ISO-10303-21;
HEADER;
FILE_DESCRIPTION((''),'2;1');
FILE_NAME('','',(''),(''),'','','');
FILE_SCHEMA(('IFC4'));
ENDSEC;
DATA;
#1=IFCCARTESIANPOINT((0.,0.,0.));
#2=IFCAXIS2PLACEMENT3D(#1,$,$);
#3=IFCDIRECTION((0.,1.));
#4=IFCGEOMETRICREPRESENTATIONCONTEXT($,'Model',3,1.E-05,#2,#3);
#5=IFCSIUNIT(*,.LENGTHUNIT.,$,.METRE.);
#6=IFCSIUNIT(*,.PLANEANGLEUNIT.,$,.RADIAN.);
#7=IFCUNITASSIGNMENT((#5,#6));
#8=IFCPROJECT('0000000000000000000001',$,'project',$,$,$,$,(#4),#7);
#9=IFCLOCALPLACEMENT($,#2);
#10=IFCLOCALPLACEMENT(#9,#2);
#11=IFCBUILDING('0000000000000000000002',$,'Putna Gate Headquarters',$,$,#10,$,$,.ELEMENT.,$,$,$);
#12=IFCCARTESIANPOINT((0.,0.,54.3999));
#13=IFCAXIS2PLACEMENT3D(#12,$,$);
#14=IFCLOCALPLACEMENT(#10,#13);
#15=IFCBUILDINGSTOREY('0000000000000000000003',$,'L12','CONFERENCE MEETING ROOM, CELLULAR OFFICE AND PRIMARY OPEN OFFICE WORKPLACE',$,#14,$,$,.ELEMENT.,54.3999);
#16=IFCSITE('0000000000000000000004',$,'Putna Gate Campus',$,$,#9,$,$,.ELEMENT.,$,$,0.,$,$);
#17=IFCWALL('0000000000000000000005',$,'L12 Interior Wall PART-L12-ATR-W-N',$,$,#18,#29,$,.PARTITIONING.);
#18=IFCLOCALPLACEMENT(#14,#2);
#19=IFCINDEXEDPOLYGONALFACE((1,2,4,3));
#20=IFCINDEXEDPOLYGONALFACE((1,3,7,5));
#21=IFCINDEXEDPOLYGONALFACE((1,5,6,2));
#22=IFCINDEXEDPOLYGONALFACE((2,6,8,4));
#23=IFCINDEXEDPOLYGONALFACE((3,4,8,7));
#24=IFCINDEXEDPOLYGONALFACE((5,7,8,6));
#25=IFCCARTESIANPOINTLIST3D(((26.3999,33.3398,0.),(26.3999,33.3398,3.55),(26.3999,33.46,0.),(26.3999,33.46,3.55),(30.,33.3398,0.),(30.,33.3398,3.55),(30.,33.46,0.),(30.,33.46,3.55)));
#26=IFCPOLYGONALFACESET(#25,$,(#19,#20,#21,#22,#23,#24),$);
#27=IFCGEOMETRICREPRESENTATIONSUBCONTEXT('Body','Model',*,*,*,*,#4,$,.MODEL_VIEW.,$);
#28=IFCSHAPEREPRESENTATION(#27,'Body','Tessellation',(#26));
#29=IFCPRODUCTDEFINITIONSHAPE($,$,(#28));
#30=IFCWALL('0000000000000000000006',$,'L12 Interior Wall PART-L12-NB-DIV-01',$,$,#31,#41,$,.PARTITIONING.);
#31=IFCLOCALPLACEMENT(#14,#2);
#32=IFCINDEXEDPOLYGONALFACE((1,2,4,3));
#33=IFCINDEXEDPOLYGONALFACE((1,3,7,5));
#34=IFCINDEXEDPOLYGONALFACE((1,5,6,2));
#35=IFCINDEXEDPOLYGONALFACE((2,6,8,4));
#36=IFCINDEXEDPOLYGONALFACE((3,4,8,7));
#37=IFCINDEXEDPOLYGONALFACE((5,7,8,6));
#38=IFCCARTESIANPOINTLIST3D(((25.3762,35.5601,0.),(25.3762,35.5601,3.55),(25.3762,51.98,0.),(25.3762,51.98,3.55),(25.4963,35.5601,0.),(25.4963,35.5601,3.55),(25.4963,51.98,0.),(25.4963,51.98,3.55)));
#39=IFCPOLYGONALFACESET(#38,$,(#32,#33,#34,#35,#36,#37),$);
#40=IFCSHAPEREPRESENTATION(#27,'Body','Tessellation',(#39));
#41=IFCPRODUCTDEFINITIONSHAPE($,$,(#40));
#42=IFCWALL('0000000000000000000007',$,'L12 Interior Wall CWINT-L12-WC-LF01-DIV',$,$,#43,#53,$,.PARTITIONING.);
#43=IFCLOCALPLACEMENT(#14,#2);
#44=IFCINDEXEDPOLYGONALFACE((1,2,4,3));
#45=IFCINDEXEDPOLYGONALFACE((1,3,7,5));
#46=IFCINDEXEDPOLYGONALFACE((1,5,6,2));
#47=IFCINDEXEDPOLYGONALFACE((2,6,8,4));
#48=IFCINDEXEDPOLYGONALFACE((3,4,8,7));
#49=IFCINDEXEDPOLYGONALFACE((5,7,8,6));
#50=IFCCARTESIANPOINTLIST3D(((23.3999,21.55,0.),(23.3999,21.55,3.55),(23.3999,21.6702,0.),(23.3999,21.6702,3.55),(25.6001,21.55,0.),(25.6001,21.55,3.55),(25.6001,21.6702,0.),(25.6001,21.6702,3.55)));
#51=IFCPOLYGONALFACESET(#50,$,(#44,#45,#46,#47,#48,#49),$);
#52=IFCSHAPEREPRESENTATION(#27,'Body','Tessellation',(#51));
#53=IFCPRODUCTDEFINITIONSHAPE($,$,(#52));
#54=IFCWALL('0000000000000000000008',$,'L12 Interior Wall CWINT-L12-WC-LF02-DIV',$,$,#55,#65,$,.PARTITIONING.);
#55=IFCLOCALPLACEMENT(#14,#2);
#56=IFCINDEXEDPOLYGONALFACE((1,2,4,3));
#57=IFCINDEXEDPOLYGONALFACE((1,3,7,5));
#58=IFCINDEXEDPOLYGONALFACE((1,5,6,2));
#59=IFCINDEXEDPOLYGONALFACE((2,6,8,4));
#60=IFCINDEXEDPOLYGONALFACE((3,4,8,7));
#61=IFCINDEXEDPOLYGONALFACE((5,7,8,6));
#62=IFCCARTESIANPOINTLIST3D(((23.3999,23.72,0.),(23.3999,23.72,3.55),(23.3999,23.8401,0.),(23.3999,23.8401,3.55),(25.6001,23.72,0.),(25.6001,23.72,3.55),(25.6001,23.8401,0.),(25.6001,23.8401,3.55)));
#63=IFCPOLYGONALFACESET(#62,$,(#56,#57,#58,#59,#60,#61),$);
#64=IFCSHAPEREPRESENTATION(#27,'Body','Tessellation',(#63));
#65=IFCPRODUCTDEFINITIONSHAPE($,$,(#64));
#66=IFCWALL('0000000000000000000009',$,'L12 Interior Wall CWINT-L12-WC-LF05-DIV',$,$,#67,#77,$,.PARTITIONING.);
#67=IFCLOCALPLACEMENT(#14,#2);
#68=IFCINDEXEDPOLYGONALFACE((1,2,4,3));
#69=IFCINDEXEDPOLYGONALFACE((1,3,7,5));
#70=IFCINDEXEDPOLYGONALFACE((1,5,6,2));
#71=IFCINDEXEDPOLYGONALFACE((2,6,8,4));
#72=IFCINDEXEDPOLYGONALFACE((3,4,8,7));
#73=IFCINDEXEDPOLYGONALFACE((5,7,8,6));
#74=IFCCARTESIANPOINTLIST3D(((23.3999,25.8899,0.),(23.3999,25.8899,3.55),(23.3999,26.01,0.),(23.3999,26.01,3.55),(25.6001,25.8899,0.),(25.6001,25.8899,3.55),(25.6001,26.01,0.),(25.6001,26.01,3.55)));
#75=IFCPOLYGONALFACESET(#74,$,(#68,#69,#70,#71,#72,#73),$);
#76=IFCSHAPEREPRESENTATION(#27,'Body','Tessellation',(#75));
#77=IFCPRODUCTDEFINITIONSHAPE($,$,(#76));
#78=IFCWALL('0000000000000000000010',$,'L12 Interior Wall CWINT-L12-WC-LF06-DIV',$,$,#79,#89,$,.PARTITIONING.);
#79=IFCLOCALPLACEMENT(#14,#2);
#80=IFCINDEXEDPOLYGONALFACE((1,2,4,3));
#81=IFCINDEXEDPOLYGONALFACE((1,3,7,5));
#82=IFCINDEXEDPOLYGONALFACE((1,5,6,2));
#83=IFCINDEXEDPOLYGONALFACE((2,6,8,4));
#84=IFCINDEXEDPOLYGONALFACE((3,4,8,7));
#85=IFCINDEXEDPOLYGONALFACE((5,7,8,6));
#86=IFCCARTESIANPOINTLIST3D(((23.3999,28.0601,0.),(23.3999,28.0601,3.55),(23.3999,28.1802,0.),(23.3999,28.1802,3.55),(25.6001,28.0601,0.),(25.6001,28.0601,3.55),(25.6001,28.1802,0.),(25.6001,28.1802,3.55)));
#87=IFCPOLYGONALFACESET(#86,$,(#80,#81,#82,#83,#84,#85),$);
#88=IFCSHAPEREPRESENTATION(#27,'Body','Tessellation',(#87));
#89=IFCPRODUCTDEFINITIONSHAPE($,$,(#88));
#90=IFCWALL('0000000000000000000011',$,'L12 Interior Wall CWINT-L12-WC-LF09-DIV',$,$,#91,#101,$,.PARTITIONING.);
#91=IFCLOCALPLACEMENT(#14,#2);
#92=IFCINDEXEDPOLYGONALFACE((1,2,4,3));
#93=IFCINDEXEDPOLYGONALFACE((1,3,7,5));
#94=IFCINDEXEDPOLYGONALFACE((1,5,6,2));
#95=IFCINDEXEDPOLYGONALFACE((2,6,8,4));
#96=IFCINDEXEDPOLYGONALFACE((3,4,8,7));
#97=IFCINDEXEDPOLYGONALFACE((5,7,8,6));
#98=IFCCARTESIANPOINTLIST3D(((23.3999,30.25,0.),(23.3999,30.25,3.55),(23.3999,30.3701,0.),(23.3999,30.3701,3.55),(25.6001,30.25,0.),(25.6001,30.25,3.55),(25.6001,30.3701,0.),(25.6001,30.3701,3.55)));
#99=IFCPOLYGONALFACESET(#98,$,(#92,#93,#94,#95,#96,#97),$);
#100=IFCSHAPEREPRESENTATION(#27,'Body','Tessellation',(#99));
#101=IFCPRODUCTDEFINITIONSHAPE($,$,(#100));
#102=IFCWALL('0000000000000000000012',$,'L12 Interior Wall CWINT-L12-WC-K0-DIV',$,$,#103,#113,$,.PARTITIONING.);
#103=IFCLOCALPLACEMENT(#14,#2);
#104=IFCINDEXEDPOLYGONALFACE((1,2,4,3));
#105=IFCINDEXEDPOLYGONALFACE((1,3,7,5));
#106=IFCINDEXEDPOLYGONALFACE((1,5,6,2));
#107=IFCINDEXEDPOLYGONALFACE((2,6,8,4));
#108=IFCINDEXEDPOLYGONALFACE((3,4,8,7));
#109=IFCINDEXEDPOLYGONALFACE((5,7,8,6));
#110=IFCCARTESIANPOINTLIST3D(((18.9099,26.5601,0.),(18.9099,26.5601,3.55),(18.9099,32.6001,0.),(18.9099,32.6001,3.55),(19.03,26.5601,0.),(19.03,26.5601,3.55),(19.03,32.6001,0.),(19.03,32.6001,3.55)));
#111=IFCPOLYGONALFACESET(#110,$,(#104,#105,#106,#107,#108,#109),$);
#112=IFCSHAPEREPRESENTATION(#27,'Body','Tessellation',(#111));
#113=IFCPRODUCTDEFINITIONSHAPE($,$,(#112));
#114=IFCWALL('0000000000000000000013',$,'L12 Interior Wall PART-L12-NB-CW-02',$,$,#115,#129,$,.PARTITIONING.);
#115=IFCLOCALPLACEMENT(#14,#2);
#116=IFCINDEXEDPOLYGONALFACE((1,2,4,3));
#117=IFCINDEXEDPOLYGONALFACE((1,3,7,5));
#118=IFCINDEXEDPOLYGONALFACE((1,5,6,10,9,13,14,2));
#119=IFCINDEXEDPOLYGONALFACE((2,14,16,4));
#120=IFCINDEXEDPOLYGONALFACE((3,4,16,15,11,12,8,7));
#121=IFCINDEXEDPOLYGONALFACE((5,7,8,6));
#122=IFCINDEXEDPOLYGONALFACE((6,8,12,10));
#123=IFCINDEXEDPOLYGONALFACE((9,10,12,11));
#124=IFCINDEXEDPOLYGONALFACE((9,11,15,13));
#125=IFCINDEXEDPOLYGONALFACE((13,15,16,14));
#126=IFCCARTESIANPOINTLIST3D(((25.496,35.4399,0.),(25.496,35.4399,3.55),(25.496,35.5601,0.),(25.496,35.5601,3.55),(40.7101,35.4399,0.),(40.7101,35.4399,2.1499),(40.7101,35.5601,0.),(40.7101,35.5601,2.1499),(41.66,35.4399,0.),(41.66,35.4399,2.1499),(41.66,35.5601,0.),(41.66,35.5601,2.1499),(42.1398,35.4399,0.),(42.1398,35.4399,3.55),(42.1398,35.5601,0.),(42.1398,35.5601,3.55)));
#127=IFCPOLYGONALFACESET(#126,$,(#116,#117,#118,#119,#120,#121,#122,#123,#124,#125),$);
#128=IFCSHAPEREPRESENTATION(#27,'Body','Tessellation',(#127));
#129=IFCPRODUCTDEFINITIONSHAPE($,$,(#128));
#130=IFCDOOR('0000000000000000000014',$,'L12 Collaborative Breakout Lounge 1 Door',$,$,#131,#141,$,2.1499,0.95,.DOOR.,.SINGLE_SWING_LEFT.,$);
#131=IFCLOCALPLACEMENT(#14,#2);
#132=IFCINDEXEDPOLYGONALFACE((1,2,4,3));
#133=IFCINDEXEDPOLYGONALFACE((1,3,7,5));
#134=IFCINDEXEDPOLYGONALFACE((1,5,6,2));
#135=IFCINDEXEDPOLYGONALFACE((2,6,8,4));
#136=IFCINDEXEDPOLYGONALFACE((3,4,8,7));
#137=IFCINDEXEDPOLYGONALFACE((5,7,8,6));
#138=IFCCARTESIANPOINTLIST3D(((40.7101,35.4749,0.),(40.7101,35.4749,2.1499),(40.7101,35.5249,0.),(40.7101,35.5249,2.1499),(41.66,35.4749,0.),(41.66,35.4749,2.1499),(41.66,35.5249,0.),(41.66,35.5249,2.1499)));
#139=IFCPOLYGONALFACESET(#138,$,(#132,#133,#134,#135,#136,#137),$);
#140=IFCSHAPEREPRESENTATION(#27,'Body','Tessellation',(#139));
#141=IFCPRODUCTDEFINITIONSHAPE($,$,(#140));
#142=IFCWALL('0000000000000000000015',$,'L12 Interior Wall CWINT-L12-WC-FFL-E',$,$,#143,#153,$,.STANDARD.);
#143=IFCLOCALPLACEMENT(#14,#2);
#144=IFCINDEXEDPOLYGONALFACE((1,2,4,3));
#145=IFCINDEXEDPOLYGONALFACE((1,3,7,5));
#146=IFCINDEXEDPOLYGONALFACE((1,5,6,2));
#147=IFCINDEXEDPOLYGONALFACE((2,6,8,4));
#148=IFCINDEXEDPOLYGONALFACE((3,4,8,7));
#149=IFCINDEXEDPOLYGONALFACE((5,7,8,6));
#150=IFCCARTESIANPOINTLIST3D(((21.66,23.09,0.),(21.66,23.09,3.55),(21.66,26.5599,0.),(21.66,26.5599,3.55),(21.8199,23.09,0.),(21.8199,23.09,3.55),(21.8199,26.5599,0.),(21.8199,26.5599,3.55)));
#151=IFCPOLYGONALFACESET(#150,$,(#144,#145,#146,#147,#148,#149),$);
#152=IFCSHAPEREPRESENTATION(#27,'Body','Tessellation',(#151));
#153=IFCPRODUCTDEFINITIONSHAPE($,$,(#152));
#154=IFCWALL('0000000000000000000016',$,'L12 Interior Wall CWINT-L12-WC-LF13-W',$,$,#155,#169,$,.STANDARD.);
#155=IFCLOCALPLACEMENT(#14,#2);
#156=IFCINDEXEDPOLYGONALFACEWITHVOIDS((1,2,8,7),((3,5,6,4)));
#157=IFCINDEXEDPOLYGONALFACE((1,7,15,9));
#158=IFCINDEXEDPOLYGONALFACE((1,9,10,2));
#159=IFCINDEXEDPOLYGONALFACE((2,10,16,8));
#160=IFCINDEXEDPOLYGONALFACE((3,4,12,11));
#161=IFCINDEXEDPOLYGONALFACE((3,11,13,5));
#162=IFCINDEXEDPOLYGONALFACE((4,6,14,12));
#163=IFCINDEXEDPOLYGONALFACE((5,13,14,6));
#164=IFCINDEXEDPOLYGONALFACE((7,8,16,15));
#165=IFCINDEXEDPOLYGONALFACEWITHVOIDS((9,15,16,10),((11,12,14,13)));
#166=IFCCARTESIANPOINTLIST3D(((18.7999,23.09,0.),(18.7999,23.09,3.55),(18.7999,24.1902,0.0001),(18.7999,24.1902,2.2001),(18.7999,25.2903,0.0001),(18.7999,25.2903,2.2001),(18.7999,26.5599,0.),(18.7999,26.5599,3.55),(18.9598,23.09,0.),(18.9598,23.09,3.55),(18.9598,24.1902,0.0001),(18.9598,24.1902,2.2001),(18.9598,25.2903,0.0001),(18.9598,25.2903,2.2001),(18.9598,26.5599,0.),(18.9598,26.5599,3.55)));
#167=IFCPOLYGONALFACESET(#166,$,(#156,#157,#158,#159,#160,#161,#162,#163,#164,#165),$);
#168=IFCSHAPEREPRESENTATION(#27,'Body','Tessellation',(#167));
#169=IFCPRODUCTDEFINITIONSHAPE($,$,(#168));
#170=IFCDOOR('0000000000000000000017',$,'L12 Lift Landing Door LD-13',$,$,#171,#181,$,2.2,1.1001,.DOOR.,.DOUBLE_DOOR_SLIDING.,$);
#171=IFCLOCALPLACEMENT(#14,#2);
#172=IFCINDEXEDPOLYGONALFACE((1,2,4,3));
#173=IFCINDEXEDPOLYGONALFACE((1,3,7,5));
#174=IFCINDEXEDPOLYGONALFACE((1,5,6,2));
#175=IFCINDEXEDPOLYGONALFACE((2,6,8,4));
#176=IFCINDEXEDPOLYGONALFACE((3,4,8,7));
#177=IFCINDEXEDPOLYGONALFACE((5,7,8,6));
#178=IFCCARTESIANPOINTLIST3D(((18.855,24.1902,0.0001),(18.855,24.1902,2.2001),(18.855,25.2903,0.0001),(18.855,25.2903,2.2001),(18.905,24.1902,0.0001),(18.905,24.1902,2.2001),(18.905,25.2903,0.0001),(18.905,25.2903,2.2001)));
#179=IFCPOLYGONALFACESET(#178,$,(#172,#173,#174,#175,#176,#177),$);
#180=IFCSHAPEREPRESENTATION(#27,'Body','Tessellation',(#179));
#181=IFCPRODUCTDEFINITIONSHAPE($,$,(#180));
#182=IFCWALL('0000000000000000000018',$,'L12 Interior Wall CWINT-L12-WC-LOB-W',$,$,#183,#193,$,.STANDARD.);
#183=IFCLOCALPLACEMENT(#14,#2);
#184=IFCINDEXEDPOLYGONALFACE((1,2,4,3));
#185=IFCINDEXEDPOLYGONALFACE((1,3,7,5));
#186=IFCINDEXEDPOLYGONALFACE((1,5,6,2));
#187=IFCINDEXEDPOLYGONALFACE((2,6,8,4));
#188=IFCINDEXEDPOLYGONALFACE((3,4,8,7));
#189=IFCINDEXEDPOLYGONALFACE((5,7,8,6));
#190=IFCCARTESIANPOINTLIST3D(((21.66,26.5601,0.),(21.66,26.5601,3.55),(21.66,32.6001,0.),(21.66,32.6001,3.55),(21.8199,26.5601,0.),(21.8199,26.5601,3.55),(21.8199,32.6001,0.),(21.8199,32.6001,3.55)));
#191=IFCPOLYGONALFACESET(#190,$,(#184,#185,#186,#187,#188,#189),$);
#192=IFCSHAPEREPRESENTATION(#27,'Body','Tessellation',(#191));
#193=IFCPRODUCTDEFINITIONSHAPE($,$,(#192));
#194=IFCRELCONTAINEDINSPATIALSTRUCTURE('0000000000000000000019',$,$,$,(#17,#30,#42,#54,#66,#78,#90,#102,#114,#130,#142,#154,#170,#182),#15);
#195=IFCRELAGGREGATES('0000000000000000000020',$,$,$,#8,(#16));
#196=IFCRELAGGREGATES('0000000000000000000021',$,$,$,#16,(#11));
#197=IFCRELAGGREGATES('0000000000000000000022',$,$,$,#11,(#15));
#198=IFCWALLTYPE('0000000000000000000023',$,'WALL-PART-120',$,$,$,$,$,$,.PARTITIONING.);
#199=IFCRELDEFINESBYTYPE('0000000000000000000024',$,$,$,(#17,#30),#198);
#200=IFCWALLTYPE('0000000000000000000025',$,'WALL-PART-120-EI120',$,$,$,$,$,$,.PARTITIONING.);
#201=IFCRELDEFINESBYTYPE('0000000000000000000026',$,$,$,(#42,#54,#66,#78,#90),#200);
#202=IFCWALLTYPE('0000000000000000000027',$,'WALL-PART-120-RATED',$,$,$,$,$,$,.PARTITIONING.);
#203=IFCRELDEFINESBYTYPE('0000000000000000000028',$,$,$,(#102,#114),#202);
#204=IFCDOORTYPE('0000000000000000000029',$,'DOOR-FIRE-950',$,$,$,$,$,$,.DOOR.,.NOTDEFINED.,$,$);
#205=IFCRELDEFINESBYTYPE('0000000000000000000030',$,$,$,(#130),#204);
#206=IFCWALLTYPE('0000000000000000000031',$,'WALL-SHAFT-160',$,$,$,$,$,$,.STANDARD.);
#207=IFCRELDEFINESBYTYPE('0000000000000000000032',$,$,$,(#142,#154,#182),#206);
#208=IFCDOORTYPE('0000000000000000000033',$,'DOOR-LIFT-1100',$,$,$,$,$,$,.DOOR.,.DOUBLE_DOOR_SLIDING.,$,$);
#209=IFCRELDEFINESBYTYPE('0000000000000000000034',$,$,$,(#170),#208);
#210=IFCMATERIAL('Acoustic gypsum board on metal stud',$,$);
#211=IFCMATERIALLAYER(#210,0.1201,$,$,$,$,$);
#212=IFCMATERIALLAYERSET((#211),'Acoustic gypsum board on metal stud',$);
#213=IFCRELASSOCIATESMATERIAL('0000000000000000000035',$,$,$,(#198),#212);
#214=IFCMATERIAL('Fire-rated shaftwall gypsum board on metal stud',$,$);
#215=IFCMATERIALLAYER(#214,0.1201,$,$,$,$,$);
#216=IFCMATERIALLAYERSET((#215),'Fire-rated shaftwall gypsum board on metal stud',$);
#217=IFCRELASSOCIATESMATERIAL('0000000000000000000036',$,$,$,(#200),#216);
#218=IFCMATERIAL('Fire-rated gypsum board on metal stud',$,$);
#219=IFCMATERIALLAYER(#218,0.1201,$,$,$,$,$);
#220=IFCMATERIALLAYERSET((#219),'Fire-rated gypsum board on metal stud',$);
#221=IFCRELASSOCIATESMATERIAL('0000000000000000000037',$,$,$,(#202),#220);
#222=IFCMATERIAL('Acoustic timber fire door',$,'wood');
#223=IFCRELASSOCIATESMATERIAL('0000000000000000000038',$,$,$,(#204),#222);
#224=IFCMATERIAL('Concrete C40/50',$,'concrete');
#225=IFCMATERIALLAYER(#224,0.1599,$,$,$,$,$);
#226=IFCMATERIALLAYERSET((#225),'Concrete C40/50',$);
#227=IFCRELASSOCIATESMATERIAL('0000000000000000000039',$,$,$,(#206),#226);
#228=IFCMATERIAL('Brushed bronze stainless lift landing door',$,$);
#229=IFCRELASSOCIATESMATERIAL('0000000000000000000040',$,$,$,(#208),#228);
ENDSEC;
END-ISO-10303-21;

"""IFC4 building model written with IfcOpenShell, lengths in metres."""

from ifc_helpers import new_model, si_unit, direction, frame, frame_2d, origin, place, context, subcontext, project, spatial, rectangle, extrude, material, layer, layer_set, type_object, element, fill, save


model = new_model("IFC4")

# Units and contexts
model_context = context("Model", 3, precision=1e-05, world=origin(), true_north=direction((0.0, 1.0)))
body_context = subcontext(model_context, "Body", "Model", "MODEL_VIEW")
ifc_project = project(units=[si_unit("LENGTHUNIT", "METRE"), si_unit("PLANEANGLEUNIT", "RADIAN")], contexts=[model_context])

# Site, building, storey
site_placement = place(None, origin())
site = spatial("IfcSite", under=ifc_project, at=site_placement, Name="Putna Gate Campus", CompositionType="ELEMENT", RefElevation=0.0)
building_placement = place(site_placement, origin())
building = spatial("IfcBuilding", under=site, at=building_placement, Name="Putna Gate Headquarters", CompositionType="ELEMENT")
storey_placement = place(building_placement, frame((0.0, 0.0, 54.3999)))
storey = spatial("IfcBuildingStorey", under=building, at=storey_placement, Name="L12", Description="CONFERENCE MEETING ROOM, CELLULAR OFFICE AND PRIMARY OPEN OFFICE WORKPLACE", CompositionType="ELEMENT", Elevation=54.3999)

# Walls
ifc_material_1 = material(Name="Acoustic gypsum board on metal stud")
ifc_layer_1 = layer(ifc_material_1, 0.1201)
ifc_layer_set_1 = layer_set([ifc_layer_1], Name="Acoustic gypsum board on metal stud")
wall_type_1 = type_object("IfcWallType", Name="WALL-PART-120", PredefinedType="PARTITIONING", material=ifc_layer_set_1)
wall_1_placement = place(storey_placement, frame((26.3999, 33.3999, 0.0), z_axis=(0.0, 0.0, 1.0), x_axis=(1.0, 0.0, 0.0)))
element("IfcWall", 1, at=wall_1_placement, inside=storey, type_object=wall_type_1, Name="L12 Interior Wall PART-L12-ATR-W-N", PredefinedType="PARTITIONING", context=body_context, shape_type="SweptSolid", body=[
    extrude(rectangle(XDim=3.6001, YDim=0.1201, at=frame_2d((1.8, 0.0))), origin(), (0.0, 0.0, 1.0), 3.55),
])
wall_2_placement = place(storey_placement, frame((25.4363, 35.5601, 0.0), z_axis=(0.0, 0.0, 1.0), x_axis=(0.0, 1.0, 0.0)))
element("IfcWall", 2, at=wall_2_placement, inside=storey, type_object=wall_type_1, Name="L12 Interior Wall PART-L12-NB-DIV-01", PredefinedType="PARTITIONING", context=body_context, shape_type="SweptSolid", body=[
    extrude(rectangle(XDim=16.4199, YDim=0.1201, at=frame_2d((8.21, 0.0))), origin(), (0.0, 0.0, 1.0), 3.55),
])
ifc_material_2 = material(Name="Fire-rated shaftwall gypsum board on metal stud")
ifc_layer_2 = layer(ifc_material_2, 0.1201)
ifc_layer_set_2 = layer_set([ifc_layer_2], Name="Fire-rated shaftwall gypsum board on metal stud")
wall_type_2 = type_object("IfcWallType", Name="WALL-PART-120-EI120", PredefinedType="PARTITIONING", material=ifc_layer_set_2)
for number, where, z_axis, x_axis, name in (
    (3, (23.3999, 21.6101, 0.0), (0.0, 0.0, 1.0), (1.0, 0.0, 0.0), "L12 Interior Wall CWINT-L12-WC-LF01-DIV"),
    (4, (23.3999, 23.78, 0.0), (0.0, 0.0, 1.0), (1.0, 0.0, 0.0), "L12 Interior Wall CWINT-L12-WC-LF02-DIV"),
    (5, (23.3999, 25.95, 0.0), (0.0, 0.0, 1.0), (1.0, 0.0, 0.0), "L12 Interior Wall CWINT-L12-WC-LF05-DIV"),
    (6, (23.3999, 28.1201, 0.0), (0.0, 0.0, 1.0), (1.0, 0.0, 0.0), "L12 Interior Wall CWINT-L12-WC-LF06-DIV"),
    (7, (23.3999, 30.3101, 0.0), (0.0, 0.0, 1.0), (1.0, 0.0, 0.0), "L12 Interior Wall CWINT-L12-WC-LF09-DIV"),
):
    element("IfcWall", number, at=place(storey_placement, frame(where, z_axis=z_axis, x_axis=x_axis)), inside=storey, type_object=wall_type_2, Name=name, PredefinedType="PARTITIONING", context=body_context, shape_type="SweptSolid", body=[
        extrude(rectangle(XDim=2.2002, YDim=0.1201, at=frame_2d((1.1001, 0.0))), origin(), (0.0, 0.0, 1.0), 3.55),
    ])
ifc_material_3 = material(Name="Fire-rated gypsum board on metal stud")
ifc_layer_3 = layer(ifc_material_3, 0.1201)
ifc_layer_set_3 = layer_set([ifc_layer_3], Name="Fire-rated gypsum board on metal stud")
wall_type_3 = type_object("IfcWallType", Name="WALL-PART-120-RATED", PredefinedType="PARTITIONING", material=ifc_layer_set_3)
wall_3_placement = place(storey_placement, frame((18.97, 26.5601, 0.0), z_axis=(0.0, 0.0, 1.0), x_axis=(0.0, 1.0, 0.0)))
element("IfcWall", 8, at=wall_3_placement, inside=storey, type_object=wall_type_3, Name="L12 Interior Wall CWINT-L12-WC-K0-DIV", PredefinedType="PARTITIONING", context=body_context, shape_type="SweptSolid", body=[
    extrude(rectangle(XDim=6.04, YDim=0.1201, at=frame_2d((3.02, 0.0))), origin(), (0.0, 0.0, 1.0), 3.55),
])

# Wall, opening, door
wall_4_placement = place(storey_placement, frame((25.4961, 35.5, 0.0), z_axis=(0.0, 0.0, 1.0), x_axis=(1.0, 0.0, 0.0)))
wall_4 = element("IfcWall", 9, at=wall_4_placement, inside=storey, type_object=wall_type_3, Name="L12 Interior Wall PART-L12-NB-CW-02", PredefinedType="PARTITIONING", context=body_context, shape_type="SweptSolid", body=[
    extrude(rectangle(XDim=16.6438, YDim=0.1201, at=frame_2d((8.3218, 0.0))), origin(), (0.0, 0.0, 1.0), 3.55),
])
opening_1_placement = place(wall_4_placement, frame((15.2139, 0.0, 0.0)))
opening_1 = element("IfcOpeningElement", 10, at=opening_1_placement, cuts=wall_4, PredefinedType="OPENING", context=body_context, shape_type="SweptSolid", body=[
    extrude(rectangle(XDim=0.95, YDim=2.1499, at=frame_2d((0.4751, 1.075))), frame((0.0, 0.0701, 0.0), z_axis=(0.0, -1.0, 0.0), x_axis=(1.0, 0.0, 0.0)), (0.0, 0.0, 1.0), 0.1401),
])
ifc_material_4 = material(Name="Acoustic timber fire door", Category="wood")
door_type_1 = type_object("IfcDoorType", Name="DOOR-FIRE-950", OperationType="NOTDEFINED", PredefinedType="DOOR", material=ifc_material_4)
door_1_placement = place(opening_1_placement, origin())
door_1 = element("IfcDoor", 11, at=door_1_placement, inside=storey, type_object=door_type_1, Name="L12 Collaborative Breakout Lounge 1 Door", OperationType="SINGLE_SWING_LEFT", OverallHeight=2.1499, OverallWidth=0.95, PredefinedType="DOOR", context=body_context, shape_type="SweptSolid", body=[
    extrude(rectangle(XDim=0.95, YDim=2.1499, at=frame_2d((0.4751, 1.075))), frame((0.0, 0.0249, 0.0), z_axis=(0.0, -1.0, 0.0), x_axis=(1.0, 0.0, 0.0)), (0.0, 0.0, 1.0), 0.05),
])
fill(opening_1, door_1)

# Wall
ifc_material_5 = material(Name="Concrete C40/50", Category="concrete")
ifc_layer_4 = layer(ifc_material_5, 0.1599)
ifc_layer_set_4 = layer_set([ifc_layer_4], Name="Concrete C40/50")
wall_type_4 = type_object("IfcWallType", Name="WALL-SHAFT-160", PredefinedType="STANDARD", material=ifc_layer_set_4)
wall_5_placement = place(storey_placement, frame((21.74, 23.0901, 0.0), z_axis=(0.0, 0.0, 1.0), x_axis=(0.0, 1.0, 0.0)))
element("IfcWall", 12, at=wall_5_placement, inside=storey, type_object=wall_type_4, Name="L12 Interior Wall CWINT-L12-WC-FFL-E", PredefinedType="STANDARD", context=body_context, shape_type="SweptSolid", body=[
    extrude(rectangle(XDim=3.47, YDim=0.1599, at=frame_2d((1.7349, 0.0))), origin(), (0.0, 0.0, 1.0), 3.55),
])

# Wall, opening, door
wall_6_placement = place(storey_placement, frame((18.8799, 23.0901, 0.0), z_axis=(0.0, 0.0, 1.0), x_axis=(0.0, 1.0, 0.0)))
wall_6 = element("IfcWall", 13, at=wall_6_placement, inside=storey, type_object=wall_type_4, Name="L12 Interior Wall CWINT-L12-WC-LF13-W", PredefinedType="STANDARD", context=body_context, shape_type="SweptSolid", body=[
    extrude(rectangle(XDim=3.47, YDim=0.1599, at=frame_2d((1.7349, 0.0))), origin(), (0.0, 0.0, 1.0), 3.55),
])
opening_2_placement = place(wall_6_placement, frame((1.1001, 0.0, 0.0)))
opening_2 = element("IfcOpeningElement", 14, at=opening_2_placement, cuts=wall_6, PredefinedType="OPENING", context=body_context, shape_type="SweptSolid", body=[
    extrude(rectangle(XDim=1.1001, YDim=2.2, at=frame_2d((0.55, 1.1001))), frame((0.0, 0.0898, 0.0), z_axis=(0.0, -1.0, 0.0), x_axis=(1.0, 0.0, 0.0)), (0.0, 0.0, 1.0), 0.1799),
])
ifc_material_6 = material(Name="Brushed bronze stainless lift landing door")
door_type_2 = type_object("IfcDoorType", Name="DOOR-LIFT-1100", OperationType="DOUBLE_DOOR_SLIDING", PredefinedType="DOOR", material=ifc_material_6)
door_2_placement = place(opening_2_placement, origin())
door_2 = element("IfcDoor", 15, at=door_2_placement, inside=storey, type_object=door_type_2, Name="L12 Lift Landing Door LD-13", OperationType="DOUBLE_DOOR_SLIDING", OverallHeight=2.2, OverallWidth=1.1001, PredefinedType="DOOR", context=body_context, shape_type="SweptSolid", body=[
    extrude(rectangle(XDim=1.1001, YDim=2.2, at=frame_2d((0.55, 1.1001))), frame((0.0, 0.0249, 0.0), z_axis=(0.0, -1.0, 0.0), x_axis=(1.0, 0.0, 0.0)), (0.0, 0.0, 1.0), 0.05),
])
fill(opening_2, door_2)

# Wall
wall_7_placement = place(storey_placement, frame((21.74, 26.5601, 0.0), z_axis=(0.0, 0.0, 1.0), x_axis=(0.0, 1.0, 0.0)))
element("IfcWall", 16, at=wall_7_placement, inside=storey, type_object=wall_type_4, Name="L12 Interior Wall CWINT-L12-WC-LOB-W", PredefinedType="STANDARD", context=body_context, shape_type="SweptSolid", body=[
    extrude(rectangle(XDim=6.04, YDim=0.1599, at=frame_2d((3.02, 0.0))), origin(), (0.0, 0.0, 1.0), 3.55),
])

save(model, "model.ifc")
